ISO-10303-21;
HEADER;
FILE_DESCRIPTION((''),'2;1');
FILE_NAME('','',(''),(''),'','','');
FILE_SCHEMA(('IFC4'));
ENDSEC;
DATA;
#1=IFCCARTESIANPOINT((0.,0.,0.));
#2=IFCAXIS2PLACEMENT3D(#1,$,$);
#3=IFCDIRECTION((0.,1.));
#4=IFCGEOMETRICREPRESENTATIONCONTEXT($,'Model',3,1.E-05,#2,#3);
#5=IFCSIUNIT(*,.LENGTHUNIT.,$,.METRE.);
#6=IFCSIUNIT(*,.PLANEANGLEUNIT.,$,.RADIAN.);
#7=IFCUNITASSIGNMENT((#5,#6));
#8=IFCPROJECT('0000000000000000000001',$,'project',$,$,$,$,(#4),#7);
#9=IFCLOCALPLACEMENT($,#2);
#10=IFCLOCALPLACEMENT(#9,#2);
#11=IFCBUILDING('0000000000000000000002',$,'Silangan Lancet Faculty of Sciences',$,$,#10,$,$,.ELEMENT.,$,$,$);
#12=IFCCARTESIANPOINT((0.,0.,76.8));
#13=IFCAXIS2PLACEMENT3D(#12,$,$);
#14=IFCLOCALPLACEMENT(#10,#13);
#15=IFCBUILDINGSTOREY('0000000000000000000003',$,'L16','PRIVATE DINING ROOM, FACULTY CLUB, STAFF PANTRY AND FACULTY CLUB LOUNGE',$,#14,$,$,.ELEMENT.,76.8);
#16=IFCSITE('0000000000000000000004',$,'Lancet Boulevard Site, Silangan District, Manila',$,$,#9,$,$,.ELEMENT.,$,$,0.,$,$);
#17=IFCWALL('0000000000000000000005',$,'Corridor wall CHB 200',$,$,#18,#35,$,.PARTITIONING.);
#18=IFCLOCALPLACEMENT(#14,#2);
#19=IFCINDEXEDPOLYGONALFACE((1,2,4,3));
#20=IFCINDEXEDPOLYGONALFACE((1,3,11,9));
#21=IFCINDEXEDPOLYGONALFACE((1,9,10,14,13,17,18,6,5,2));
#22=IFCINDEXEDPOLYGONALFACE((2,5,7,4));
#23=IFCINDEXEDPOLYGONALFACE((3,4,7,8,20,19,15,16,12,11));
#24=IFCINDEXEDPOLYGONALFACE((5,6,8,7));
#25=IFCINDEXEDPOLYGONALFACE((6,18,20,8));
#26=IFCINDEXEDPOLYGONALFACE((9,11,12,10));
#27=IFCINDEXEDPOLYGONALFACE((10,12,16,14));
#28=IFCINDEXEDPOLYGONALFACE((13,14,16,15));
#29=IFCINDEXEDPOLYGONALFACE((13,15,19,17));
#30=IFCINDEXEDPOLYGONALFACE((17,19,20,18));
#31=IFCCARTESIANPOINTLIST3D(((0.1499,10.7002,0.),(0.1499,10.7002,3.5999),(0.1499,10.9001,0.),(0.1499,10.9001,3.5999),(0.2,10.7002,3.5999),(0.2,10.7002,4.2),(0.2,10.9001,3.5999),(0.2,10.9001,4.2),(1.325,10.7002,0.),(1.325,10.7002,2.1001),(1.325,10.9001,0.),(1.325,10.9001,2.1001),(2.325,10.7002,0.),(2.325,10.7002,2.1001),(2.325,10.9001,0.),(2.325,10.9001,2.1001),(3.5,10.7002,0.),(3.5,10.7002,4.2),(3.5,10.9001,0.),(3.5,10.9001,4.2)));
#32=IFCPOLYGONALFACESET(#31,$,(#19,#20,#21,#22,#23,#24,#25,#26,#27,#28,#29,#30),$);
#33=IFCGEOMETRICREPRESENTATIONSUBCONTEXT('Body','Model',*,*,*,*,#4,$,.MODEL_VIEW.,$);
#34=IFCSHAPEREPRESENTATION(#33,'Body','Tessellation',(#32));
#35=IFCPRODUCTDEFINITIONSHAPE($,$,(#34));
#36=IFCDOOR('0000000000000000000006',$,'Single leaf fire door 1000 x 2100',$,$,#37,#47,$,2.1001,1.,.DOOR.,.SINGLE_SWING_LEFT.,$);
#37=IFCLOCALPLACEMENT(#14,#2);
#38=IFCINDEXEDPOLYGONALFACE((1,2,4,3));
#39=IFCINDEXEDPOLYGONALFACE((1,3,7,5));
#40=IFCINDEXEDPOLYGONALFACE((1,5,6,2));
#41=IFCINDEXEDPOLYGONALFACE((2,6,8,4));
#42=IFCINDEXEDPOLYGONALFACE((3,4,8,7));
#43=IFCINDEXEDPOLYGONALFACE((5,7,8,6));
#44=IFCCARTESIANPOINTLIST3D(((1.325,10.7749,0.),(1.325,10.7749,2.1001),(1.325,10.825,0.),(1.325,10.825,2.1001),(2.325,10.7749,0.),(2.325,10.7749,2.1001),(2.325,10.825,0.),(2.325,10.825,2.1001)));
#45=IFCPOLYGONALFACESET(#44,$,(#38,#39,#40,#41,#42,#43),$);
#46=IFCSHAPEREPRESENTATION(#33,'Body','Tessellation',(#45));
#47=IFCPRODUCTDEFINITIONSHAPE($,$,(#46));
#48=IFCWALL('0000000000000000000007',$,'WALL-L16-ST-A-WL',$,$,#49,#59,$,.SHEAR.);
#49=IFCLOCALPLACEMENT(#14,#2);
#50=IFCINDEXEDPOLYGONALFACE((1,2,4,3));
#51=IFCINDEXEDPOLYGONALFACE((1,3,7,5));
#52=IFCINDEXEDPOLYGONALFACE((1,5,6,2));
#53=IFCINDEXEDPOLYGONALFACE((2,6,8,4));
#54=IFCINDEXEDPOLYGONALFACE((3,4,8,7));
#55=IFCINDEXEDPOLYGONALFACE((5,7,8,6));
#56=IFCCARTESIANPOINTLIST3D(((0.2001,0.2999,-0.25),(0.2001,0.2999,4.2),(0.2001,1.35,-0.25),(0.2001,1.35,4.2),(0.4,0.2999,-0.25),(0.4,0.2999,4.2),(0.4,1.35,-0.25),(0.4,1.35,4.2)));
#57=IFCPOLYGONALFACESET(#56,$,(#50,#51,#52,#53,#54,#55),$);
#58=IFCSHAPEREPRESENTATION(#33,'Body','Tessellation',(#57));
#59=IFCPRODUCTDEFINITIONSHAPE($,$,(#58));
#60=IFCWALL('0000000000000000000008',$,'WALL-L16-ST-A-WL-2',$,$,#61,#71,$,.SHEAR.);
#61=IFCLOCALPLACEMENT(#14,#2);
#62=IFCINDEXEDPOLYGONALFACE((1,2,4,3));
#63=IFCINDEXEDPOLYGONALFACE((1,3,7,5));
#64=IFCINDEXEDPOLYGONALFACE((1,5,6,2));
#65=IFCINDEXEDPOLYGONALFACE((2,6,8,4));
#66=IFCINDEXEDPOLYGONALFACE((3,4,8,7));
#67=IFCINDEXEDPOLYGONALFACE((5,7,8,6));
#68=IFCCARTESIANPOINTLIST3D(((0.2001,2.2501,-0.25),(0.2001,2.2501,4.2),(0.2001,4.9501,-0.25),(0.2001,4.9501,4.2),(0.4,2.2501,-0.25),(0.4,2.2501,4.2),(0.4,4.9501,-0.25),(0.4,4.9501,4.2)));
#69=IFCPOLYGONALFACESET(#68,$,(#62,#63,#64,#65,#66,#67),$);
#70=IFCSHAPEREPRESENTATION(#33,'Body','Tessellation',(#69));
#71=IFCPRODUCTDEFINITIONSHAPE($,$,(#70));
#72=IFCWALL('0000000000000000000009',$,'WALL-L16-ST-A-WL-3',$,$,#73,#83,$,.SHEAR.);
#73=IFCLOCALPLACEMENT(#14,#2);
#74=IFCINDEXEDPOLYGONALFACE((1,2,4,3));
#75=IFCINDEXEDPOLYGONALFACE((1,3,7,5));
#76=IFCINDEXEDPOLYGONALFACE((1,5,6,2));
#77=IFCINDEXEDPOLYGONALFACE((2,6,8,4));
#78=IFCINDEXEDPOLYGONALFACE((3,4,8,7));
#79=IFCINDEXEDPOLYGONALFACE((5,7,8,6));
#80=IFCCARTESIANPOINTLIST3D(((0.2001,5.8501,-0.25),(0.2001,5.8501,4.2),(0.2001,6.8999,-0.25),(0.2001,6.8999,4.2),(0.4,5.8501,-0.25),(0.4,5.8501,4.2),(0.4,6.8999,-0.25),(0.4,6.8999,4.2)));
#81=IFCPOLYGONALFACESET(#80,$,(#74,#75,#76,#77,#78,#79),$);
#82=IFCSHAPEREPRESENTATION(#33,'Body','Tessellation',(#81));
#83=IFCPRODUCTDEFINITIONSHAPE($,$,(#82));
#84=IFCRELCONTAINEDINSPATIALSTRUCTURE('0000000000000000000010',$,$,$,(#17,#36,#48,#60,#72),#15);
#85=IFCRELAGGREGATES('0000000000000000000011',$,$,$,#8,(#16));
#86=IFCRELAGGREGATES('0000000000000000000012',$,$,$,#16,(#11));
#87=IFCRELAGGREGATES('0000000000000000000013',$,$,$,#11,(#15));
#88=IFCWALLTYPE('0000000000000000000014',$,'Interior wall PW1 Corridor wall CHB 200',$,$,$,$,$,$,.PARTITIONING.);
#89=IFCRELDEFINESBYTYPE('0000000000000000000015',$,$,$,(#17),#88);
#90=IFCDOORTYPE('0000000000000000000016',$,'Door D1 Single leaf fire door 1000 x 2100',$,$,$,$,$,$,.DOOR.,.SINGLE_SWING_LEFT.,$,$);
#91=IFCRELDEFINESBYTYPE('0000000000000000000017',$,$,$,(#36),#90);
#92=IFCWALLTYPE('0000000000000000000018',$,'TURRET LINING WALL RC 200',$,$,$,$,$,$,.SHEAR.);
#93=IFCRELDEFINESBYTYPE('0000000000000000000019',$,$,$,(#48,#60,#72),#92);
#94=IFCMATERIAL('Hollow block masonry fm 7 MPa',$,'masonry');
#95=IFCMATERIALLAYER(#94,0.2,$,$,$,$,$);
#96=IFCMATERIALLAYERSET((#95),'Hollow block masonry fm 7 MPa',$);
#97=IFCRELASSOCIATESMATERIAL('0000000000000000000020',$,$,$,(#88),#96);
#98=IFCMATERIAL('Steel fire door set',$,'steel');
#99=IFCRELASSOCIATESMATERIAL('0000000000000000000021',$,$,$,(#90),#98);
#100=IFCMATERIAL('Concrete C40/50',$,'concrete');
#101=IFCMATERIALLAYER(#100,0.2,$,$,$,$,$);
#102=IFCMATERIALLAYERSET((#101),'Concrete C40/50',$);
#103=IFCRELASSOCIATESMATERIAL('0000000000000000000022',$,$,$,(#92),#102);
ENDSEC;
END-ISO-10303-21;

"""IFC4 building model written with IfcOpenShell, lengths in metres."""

from ifc_helpers import new_model, si_unit, direction, frame, frame_2d, origin, place, context, subcontext, project, spatial, polyline, rectangle, outline, extrude, material, layer, layer_set, type_object, element, fill, save


model = new_model("IFC4")

# Units and contexts
model_context = context("Model", 3, precision=1e-05, world=origin(), true_north=direction((0.0, 1.0)))
body_context = subcontext(model_context, "Body", "Model", "MODEL_VIEW")
ifc_project = project(units=[si_unit("LENGTHUNIT", "METRE"), si_unit("PLANEANGLEUNIT", "RADIAN")], contexts=[model_context])

# Site, building, storey
site_placement = place(None, origin())
site = spatial("IfcSite", under=ifc_project, at=site_placement, Name="Lancet Boulevard Site, Silangan District, Manila", CompositionType="ELEMENT", RefElevation=0.0)
building_placement = place(site_placement, origin())
building = spatial("IfcBuilding", under=site, at=building_placement, Name="Silangan Lancet Faculty of Sciences", CompositionType="ELEMENT")
storey_placement = place(building_placement, frame((0.0, 0.0, 76.8)))
storey = spatial("IfcBuildingStorey", under=building, at=storey_placement, Name="L16", Description="PRIVATE DINING ROOM, FACULTY CLUB, STAFF PANTRY AND FACULTY CLUB LOUNGE", CompositionType="ELEMENT", Elevation=76.8)

# Wall, opening, door
ifc_material_1 = material(Name="Hollow block masonry fm 7 MPa", Category="masonry")
ifc_layer_1 = layer(ifc_material_1, 0.2)
ifc_layer_set_1 = layer_set([ifc_layer_1], Name="Hollow block masonry fm 7 MPa")
wall_type_1 = type_object("IfcWallType", Name="Interior wall PW1 Corridor wall CHB 200", PredefinedType="PARTITIONING", material=ifc_layer_set_1)
wall_1_placement = place(storey_placement, frame((0.1499, 10.8, 0.0), z_axis=(0.0, 0.0, 1.0), x_axis=(1.0, 0.0, 0.0)))
wall_1 = element("IfcWall", 1, at=wall_1_placement, inside=storey, type_object=wall_type_1, Name="Corridor wall CHB 200", PredefinedType="PARTITIONING", context=body_context, shape_type="SweptSolid", body=[
    extrude(outline(polyline([(0.0, 0.0), (3.3501, 0.0), (3.3501, 4.2), (0.05, 4.2), (0.05, 3.5999), (0.0, 3.5999), (0.0, 0.0)])), frame((0.0, 0.1001, 0.0), z_axis=(0.0, -1.0, 0.0), x_axis=(1.0, 0.0, 0.0)), (0.0, 0.0, 1.0), 0.2),
])
opening_1_placement = place(wall_1_placement, frame((1.175, 0.0, 0.0)))
opening_1 = element("IfcOpeningElement", 2, at=opening_1_placement, cuts=wall_1, PredefinedType="OPENING", context=body_context, shape_type="SweptSolid", body=[
    extrude(rectangle(XDim=1.0, YDim=2.1001, at=frame_2d((0.5, 1.05))), frame((0.0, 0.1099, 0.0), z_axis=(0.0, -1.0, 0.0), x_axis=(1.0, 0.0, 0.0)), (0.0, 0.0, 1.0), 0.22),
])
ifc_material_2 = material(Name="Steel fire door set", Category="steel")
door_type = type_object("IfcDoorType", Name="Door D1 Single leaf fire door 1000 x 2100", OperationType="SINGLE_SWING_LEFT", PredefinedType="DOOR", material=ifc_material_2)
door_placement = place(opening_1_placement, origin())
door = element("IfcDoor", 3, at=door_placement, inside=storey, type_object=door_type, Name="Single leaf fire door 1000 x 2100", OperationType="SINGLE_SWING_LEFT", OverallHeight=2.1001, OverallWidth=1.0, PredefinedType="DOOR", context=body_context, shape_type="SweptSolid", body=[
    extrude(rectangle(XDim=1.0, YDim=2.1001, at=frame_2d((0.5, 1.05))), frame((0.0, 0.0249, 0.0), z_axis=(0.0, -1.0, 0.0), x_axis=(1.0, 0.0, 0.0)), (0.0, 0.0, 1.0), 0.05),
])
fill(opening_1, door)

# Walls
ifc_material_3 = material(Name="Concrete C40/50", Category="concrete")
ifc_layer_2 = layer(ifc_material_3, 0.2)
ifc_layer_set_2 = layer_set([ifc_layer_2], Name="Concrete C40/50")
wall_type_2 = type_object("IfcWallType", Name="TURRET LINING WALL RC 200", PredefinedType="SHEAR", material=ifc_layer_set_2)
wall_2_placement = place(storey_placement, frame((0.3, 0.3, -0.25), z_axis=(0.0, 0.0, 1.0), x_axis=(0.0, 1.0, 0.0)))
element("IfcWall", 4, at=wall_2_placement, inside=storey, type_object=wall_type_2, Name="WALL-L16-ST-A-WL", PredefinedType="SHEAR", context=body_context, shape_type="SweptSolid", body=[
    extrude(rectangle(XDim=1.05, YDim=0.2, at=frame_2d((0.5249, 0.0))), origin(), (0.0, 0.0, 1.0), 4.45),
])
wall_3_placement = place(storey_placement, frame((0.3, 2.25, -0.25), z_axis=(0.0, 0.0, 1.0), x_axis=(0.0, 1.0, 0.0)))
element("IfcWall", 5, at=wall_3_placement, inside=storey, type_object=wall_type_2, Name="WALL-L16-ST-A-WL-2", PredefinedType="SHEAR", context=body_context, shape_type="SweptSolid", body=[
    extrude(rectangle(XDim=2.7, YDim=0.2, at=frame_2d((1.3501, 0.0))), origin(), (0.0, 0.0, 1.0), 4.45),
])
wall_4_placement = place(storey_placement, frame((0.3, 5.8501, -0.25), z_axis=(0.0, 0.0, 1.0), x_axis=(0.0, 1.0, 0.0)))
element("IfcWall", 6, at=wall_4_placement, inside=storey, type_object=wall_type_2, Name="WALL-L16-ST-A-WL-3", PredefinedType="SHEAR", context=body_context, shape_type="SweptSolid", body=[
    extrude(rectangle(XDim=1.0498, YDim=0.2, at=frame_2d((0.5249, 0.0))), origin(), (0.0, 0.0, 1.0), 4.45),
])

save(model, "model.ifc")
